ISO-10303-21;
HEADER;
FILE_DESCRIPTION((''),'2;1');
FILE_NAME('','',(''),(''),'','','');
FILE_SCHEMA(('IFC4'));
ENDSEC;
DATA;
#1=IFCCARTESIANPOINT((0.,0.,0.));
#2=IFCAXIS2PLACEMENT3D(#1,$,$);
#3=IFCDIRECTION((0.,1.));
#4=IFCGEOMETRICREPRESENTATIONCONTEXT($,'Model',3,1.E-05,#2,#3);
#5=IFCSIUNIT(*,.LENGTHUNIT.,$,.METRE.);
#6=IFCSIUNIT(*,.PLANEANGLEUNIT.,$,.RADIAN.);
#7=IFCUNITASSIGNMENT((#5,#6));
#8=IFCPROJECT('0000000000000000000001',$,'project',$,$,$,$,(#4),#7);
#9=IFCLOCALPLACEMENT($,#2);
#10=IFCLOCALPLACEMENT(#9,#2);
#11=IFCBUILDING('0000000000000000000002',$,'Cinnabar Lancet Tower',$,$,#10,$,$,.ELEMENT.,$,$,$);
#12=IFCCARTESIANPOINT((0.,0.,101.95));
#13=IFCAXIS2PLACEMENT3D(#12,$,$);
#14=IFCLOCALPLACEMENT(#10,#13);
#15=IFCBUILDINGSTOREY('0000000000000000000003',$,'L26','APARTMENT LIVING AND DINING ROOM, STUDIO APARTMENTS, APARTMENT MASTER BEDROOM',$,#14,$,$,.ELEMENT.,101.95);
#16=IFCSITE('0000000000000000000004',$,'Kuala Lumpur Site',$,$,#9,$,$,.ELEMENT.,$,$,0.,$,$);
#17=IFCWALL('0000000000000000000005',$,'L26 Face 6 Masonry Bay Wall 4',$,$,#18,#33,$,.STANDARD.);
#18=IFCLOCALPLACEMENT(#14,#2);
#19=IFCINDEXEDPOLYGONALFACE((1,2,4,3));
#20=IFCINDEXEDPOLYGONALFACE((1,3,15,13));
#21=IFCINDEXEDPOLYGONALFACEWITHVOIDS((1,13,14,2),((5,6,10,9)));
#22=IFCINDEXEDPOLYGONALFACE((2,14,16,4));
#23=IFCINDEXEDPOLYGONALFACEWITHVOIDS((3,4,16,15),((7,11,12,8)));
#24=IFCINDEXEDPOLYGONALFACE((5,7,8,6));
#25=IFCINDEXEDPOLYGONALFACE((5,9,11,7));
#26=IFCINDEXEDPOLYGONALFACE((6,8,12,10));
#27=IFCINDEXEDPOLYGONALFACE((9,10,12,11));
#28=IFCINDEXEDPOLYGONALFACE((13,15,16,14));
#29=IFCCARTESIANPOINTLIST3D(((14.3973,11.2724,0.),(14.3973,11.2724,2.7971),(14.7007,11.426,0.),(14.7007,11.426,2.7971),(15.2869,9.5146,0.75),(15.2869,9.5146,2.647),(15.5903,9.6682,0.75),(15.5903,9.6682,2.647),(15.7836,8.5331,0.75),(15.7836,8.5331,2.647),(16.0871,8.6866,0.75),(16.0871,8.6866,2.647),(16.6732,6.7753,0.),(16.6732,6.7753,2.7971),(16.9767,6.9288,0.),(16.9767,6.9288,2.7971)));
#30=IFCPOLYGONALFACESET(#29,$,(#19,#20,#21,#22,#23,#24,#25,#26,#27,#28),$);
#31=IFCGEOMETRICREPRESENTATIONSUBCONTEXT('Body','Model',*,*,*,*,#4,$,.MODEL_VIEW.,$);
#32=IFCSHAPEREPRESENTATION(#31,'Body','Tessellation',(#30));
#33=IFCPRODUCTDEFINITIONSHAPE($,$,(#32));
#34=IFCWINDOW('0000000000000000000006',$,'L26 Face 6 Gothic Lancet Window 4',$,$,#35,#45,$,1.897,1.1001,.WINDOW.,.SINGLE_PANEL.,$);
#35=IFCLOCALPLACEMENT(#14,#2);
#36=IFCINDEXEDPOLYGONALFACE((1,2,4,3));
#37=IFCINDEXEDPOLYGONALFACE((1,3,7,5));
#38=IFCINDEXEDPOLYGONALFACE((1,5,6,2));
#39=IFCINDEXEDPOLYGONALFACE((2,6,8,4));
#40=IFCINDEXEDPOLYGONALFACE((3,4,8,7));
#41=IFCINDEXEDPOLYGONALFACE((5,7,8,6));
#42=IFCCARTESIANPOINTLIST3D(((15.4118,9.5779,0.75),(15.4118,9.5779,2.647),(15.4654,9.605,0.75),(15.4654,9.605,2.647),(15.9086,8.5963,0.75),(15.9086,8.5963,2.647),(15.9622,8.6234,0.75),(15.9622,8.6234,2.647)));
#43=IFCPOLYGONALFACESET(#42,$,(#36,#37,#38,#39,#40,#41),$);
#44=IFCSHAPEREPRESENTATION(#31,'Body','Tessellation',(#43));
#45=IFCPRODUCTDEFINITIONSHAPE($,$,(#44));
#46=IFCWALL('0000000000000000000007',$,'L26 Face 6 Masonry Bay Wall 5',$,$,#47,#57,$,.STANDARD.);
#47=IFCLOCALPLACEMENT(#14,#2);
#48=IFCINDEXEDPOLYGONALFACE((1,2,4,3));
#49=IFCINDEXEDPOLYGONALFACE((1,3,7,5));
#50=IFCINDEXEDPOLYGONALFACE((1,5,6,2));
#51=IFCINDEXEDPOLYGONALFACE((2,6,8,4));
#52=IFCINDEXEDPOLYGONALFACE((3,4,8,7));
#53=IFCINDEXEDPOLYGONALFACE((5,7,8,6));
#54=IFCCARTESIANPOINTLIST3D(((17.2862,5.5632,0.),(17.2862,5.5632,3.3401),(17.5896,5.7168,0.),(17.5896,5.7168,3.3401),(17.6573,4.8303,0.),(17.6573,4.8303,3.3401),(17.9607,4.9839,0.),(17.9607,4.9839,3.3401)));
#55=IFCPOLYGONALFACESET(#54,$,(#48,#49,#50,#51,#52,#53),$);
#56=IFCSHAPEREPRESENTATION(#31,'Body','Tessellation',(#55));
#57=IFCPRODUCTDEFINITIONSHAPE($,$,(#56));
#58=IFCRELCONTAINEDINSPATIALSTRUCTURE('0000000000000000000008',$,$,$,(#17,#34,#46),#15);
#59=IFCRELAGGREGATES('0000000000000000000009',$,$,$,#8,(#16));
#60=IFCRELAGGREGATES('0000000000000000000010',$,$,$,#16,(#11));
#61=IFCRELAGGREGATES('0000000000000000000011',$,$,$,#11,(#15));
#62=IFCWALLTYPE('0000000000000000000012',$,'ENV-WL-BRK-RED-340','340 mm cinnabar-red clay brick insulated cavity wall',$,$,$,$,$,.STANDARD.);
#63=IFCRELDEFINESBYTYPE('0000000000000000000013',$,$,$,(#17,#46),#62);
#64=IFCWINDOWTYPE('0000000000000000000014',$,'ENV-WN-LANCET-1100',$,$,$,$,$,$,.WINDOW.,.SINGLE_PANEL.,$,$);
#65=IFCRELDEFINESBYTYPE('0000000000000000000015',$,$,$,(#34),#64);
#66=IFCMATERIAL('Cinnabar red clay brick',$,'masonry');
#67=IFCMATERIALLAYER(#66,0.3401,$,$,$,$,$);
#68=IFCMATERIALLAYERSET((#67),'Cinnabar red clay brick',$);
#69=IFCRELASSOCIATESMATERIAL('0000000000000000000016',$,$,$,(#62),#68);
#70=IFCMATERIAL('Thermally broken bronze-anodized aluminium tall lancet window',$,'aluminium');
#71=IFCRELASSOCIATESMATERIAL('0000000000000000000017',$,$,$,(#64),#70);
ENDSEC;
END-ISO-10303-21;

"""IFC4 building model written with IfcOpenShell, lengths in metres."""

from ifc_helpers import new_model, si_unit, direction, frame, frame_2d, origin, place, context, subcontext, project, spatial, rectangle, extrude, material, layer, layer_set, type_object, element, fill, save


model = new_model("IFC4")

# Units and contexts
model_context = context("Model", 3, precision=1e-05, world=origin(), true_north=direction((0.0, 1.0)))
body_context = subcontext(model_context, "Body", "Model", "MODEL_VIEW")
ifc_project = project(units=[si_unit("LENGTHUNIT", "METRE"), si_unit("PLANEANGLEUNIT", "RADIAN")], contexts=[model_context])

# Site, building, storey
site_placement = place(None, origin())
site = spatial("IfcSite", under=ifc_project, at=site_placement, Name="Kuala Lumpur Site", CompositionType="ELEMENT", RefElevation=0.0)
building_placement = place(site_placement, origin())
building = spatial("IfcBuilding", under=site, at=building_placement, Name="Cinnabar Lancet Tower", CompositionType="ELEMENT")
storey_placement = place(building_placement, frame((0.0, 0.0, 101.95)))
storey = spatial("IfcBuildingStorey", under=building, at=storey_placement, Name="L26", Description="APARTMENT LIVING AND DINING ROOM, STUDIO APARTMENTS, APARTMENT MASTER BEDROOM", CompositionType="ELEMENT", Elevation=101.95)

# Shared definitions
ifc_material_1 = material(Name="Cinnabar red clay brick", Category="masonry")
ifc_layer_1 = layer(ifc_material_1, 0.3401)
ifc_layer_set_1 = layer_set([ifc_layer_1], Name="Cinnabar red clay brick")
wall_type = type_object("IfcWallType", Name="ENV-WL-BRK-RED-340", Description="340 mm cinnabar-red clay brick insulated cavity wall", PredefinedType="STANDARD", material=ifc_layer_set_1)

# Wall, opening, window
wall_1_placement = place(storey_placement, frame((14.5491, 11.3491, 0.0), z_axis=(0.0, 0.0, 1.0), x_axis=(0.451548, -0.892247, 0.0)))
wall_1 = element("IfcWall", 1, at=wall_1_placement, inside=storey, type_object=wall_type, Name="L26 Face 6 Masonry Bay Wall 4", PredefinedType="STANDARD", context=body_context, shape_type="SweptSolid", body=[
    extrude(rectangle(XDim=5.0403, YDim=0.3401, at=frame_2d((2.52, 0.0))), origin(), (0.0, 0.0, 1.0), 2.7971),
])
opening_placement = place(wall_1_placement, frame((1.97, 0.0, 0.75)))
opening = element("IfcOpeningElement", 2, at=opening_placement, cuts=wall_1, PredefinedType="OPENING", context=body_context, shape_type="SweptSolid", body=[
    extrude(rectangle(XDim=1.1001, YDim=1.897, at=frame_2d((0.55, 0.9485))), frame((0.0, 0.1799, 0.0), z_axis=(0.0, -1.0, 0.0), x_axis=(1.0, 0.0, 0.0)), (0.0, 0.0, 1.0), 0.3601),
])
ifc_material_2 = material(Name="Thermally broken bronze-anodized aluminium tall lancet window", Category="aluminium")
window_type = type_object("IfcWindowType", Name="ENV-WN-LANCET-1100", PartitioningType="SINGLE_PANEL", PredefinedType="WINDOW", material=ifc_material_2)
window_placement = place(opening_placement, origin())
window = element("IfcWindow", 3, at=window_placement, inside=storey, type_object=window_type, Name="L26 Face 6 Gothic Lancet Window 4", OverallHeight=1.897, OverallWidth=1.1001, PartitioningType="SINGLE_PANEL", PredefinedType="WINDOW", context=body_context, shape_type="SweptSolid", body=[
    extrude(rectangle(XDim=1.1001, YDim=1.897, at=frame_2d((0.55, 0.9485))), frame((0.0, 0.03, 0.0), z_axis=(0.0, -1.0, 0.0), x_axis=(1.0, 0.0, 0.0)), (0.0, 0.0, 1.0), 0.0601),
])
fill(opening, window)

# Wall
wall_2_placement = place(storey_placement, frame((17.438, 5.6399, 0.0), z_axis=(0.0, 0.0, 1.0), x_axis=(0.451725, -0.892157, 0.0)))
element("IfcWall", 4, at=wall_2_placement, inside=storey, type_object=wall_type, Name="L26 Face 6 Masonry Bay Wall 5", PredefinedType="STANDARD", context=body_context, shape_type="SweptSolid", body=[
    extrude(rectangle(XDim=0.8215, YDim=0.3401, at=frame_2d((0.4106, 0.0))), origin(), (0.0, 0.0, 1.0), 3.3401),
])

save(model, "model.ifc")
